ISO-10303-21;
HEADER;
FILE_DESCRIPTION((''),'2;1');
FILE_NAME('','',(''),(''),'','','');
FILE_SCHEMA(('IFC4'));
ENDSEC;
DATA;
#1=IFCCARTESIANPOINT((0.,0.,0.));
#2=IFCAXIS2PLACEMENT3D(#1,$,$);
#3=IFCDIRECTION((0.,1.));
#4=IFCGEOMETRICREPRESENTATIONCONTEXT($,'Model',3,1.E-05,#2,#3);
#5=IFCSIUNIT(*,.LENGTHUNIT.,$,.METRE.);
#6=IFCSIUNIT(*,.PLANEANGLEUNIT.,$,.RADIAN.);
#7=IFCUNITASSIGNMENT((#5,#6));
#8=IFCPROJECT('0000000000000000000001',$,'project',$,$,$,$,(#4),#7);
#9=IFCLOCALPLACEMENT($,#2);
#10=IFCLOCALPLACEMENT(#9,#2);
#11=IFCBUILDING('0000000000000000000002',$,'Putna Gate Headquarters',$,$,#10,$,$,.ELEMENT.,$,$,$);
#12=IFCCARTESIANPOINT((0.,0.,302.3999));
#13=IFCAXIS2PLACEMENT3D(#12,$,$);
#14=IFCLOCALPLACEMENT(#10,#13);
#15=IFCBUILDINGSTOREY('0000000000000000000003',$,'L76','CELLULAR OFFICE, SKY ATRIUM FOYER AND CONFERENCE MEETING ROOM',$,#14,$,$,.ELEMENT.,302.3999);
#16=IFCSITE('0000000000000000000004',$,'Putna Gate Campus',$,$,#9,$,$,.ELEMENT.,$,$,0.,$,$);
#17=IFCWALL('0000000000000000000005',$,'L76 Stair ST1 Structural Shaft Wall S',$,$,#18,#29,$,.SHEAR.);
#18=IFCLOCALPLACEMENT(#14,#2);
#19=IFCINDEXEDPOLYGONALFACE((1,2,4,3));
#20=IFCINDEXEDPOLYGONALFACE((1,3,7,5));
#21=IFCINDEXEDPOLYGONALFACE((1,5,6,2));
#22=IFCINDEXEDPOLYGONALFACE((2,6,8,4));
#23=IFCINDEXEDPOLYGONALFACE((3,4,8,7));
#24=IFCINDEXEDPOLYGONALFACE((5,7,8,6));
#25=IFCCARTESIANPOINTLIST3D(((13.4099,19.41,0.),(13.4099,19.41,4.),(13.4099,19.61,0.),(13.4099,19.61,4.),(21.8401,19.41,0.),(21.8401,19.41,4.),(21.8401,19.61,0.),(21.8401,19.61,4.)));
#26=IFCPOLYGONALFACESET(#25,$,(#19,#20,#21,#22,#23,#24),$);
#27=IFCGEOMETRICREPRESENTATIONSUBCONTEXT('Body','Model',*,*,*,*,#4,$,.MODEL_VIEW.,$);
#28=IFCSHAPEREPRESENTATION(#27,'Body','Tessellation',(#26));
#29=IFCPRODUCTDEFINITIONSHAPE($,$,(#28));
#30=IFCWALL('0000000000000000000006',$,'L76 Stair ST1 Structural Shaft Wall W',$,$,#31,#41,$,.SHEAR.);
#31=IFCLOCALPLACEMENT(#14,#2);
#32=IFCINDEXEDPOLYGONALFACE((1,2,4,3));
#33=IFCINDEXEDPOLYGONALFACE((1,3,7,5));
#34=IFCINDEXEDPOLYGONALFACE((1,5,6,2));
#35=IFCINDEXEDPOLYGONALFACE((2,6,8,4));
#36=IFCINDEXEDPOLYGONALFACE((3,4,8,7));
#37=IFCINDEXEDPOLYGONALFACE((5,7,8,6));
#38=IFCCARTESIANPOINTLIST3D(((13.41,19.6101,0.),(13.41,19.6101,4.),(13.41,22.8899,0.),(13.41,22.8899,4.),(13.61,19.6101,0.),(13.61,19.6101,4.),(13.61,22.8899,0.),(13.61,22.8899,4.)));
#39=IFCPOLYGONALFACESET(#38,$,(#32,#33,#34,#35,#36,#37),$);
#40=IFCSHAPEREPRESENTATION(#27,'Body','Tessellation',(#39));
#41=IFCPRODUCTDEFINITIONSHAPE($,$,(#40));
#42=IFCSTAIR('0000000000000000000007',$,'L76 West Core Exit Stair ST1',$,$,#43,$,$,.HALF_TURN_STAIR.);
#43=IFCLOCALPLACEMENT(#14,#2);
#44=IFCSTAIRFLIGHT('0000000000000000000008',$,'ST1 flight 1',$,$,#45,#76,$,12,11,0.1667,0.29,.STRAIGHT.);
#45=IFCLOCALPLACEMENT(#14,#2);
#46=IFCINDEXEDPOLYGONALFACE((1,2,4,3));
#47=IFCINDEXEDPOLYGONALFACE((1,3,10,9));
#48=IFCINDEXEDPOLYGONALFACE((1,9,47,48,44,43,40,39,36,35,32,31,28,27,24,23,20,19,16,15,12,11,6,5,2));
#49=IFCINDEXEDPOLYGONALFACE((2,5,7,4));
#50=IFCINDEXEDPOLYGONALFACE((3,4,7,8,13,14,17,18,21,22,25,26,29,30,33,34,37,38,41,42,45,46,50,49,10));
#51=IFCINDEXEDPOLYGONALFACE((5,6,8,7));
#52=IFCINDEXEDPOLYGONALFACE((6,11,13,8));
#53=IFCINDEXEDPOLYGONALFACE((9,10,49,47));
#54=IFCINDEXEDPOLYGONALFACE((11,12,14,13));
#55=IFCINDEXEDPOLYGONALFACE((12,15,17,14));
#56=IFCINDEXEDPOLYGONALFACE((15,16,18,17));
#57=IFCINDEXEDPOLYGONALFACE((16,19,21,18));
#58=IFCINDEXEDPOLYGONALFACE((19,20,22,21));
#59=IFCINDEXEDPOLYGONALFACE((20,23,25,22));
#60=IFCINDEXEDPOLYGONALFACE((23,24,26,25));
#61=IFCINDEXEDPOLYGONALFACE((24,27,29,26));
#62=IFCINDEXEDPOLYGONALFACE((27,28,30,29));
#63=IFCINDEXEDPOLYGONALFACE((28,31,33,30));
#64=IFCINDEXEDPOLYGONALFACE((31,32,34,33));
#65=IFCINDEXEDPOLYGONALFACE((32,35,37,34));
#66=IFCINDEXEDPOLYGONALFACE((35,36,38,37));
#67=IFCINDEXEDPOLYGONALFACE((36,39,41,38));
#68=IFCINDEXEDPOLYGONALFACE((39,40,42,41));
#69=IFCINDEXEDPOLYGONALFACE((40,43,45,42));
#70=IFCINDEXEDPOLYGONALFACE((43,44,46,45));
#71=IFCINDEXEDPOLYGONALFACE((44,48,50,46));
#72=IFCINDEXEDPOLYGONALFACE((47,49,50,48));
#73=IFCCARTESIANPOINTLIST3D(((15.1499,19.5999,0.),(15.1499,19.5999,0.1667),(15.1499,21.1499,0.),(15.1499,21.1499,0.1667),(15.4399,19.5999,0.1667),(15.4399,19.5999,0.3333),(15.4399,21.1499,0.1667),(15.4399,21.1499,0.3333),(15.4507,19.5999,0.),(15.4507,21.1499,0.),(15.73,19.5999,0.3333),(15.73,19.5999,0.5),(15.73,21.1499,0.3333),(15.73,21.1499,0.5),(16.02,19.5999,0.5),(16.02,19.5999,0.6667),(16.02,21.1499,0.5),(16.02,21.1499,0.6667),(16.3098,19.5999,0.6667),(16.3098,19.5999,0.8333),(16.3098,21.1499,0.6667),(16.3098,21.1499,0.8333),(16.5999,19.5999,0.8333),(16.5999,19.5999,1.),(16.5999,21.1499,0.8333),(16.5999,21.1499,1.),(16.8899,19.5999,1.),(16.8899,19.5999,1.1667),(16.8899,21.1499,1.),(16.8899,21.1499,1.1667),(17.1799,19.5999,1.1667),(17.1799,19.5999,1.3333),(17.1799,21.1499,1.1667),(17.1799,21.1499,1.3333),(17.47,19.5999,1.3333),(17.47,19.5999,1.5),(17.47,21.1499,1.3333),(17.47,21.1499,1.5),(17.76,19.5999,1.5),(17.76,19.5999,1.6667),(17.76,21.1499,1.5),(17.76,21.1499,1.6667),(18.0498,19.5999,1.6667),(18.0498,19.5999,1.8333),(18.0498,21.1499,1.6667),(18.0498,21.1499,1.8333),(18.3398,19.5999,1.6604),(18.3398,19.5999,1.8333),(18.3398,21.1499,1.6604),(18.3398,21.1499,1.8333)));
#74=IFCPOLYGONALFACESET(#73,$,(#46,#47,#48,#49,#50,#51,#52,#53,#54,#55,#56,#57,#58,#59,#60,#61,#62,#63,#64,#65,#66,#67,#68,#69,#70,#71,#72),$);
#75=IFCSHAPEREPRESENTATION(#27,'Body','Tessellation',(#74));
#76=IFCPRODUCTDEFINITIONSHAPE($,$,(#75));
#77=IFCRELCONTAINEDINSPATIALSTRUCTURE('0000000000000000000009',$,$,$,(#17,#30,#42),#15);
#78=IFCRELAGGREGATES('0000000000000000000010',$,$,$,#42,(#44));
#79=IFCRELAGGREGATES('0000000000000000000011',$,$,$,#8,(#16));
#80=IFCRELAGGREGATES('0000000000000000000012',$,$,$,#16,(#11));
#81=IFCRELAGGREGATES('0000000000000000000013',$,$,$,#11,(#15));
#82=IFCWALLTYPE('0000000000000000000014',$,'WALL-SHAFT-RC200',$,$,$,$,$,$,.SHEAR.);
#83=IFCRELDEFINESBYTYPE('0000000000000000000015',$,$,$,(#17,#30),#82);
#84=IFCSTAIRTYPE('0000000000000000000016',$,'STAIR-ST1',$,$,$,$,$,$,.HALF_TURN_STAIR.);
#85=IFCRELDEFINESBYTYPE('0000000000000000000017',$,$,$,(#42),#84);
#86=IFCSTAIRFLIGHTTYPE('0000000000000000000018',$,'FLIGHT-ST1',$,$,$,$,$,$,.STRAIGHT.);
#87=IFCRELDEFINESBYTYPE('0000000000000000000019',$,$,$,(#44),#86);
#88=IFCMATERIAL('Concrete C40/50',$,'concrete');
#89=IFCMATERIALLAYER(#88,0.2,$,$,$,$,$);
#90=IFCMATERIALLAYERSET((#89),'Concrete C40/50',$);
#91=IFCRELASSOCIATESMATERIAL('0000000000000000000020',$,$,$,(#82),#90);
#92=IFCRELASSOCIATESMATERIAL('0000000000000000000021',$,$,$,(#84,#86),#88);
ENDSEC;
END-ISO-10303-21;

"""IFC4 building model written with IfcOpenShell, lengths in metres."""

from ifc_helpers import new_model, si_unit, direction, frame, frame_2d, origin, place, context, subcontext, project, spatial, polyline, rectangle, outline, extrude, material, layer, layer_set, type_object, element, aggregate, save


model = new_model("IFC4")

# Units and contexts
model_context = context("Model", 3, precision=1e-05, world=origin(), true_north=direction((0.0, 1.0)))
body_context = subcontext(model_context, "Body", "Model", "MODEL_VIEW")
ifc_project = project(units=[si_unit("LENGTHUNIT", "METRE"), si_unit("PLANEANGLEUNIT", "RADIAN")], contexts=[model_context])

# Site, building, storey
site_placement = place(None, origin())
site = spatial("IfcSite", under=ifc_project, at=site_placement, Name="Putna Gate Campus", CompositionType="ELEMENT", RefElevation=0.0)
building_placement = place(site_placement, origin())
building = spatial("IfcBuilding", under=site, at=building_placement, Name="Putna Gate Headquarters", CompositionType="ELEMENT")
storey_placement = place(building_placement, frame((0.0, 0.0, 302.3999)))
storey = spatial("IfcBuildingStorey", under=building, at=storey_placement, Name="L76", Description="CELLULAR OFFICE, SKY ATRIUM FOYER AND CONFERENCE MEETING ROOM", CompositionType="ELEMENT", Elevation=302.3999)

# Walls
ifc_material_1 = material(Name="Concrete C40/50", Category="concrete")
ifc_layer_1 = layer(ifc_material_1, 0.2)
ifc_layer_set_1 = layer_set([ifc_layer_1], Name="Concrete C40/50")
wall_type_1 = type_object("IfcWallType", Name="WALL-SHAFT-RC200", PredefinedType="SHEAR", material=ifc_layer_set_1)
wall_1_placement = place(storey_placement, frame((13.4099, 19.51, 0.0), z_axis=(0.0, 0.0, 1.0), x_axis=(1.0, 0.0, 0.0)))
element("IfcWall", 1, at=wall_1_placement, inside=storey, type_object=wall_type_1, Name="L76 Stair ST1 Structural Shaft Wall S", PredefinedType="SHEAR", context=body_context, shape_type="SweptSolid", body=[
    extrude(rectangle(XDim=8.4302, YDim=0.2, at=frame_2d((4.2151, 0.0))), origin(), (0.0, 0.0, 1.0), 4.0),
])
wall_2_placement = place(storey_placement, frame((13.51, 19.6101, 0.0), z_axis=(0.0, 0.0, 1.0), x_axis=(0.0, 1.0, 0.0)))
element("IfcWall", 2, at=wall_2_placement, inside=storey, type_object=wall_type_1, Name="L76 Stair ST1 Structural Shaft Wall W", PredefinedType="SHEAR", context=body_context, shape_type="SweptSolid", body=[
    extrude(rectangle(XDim=3.2798, YDim=0.2, at=frame_2d((1.6399, 0.0))), origin(), (0.0, 0.0, 1.0), 4.0),
])

# Stair, stair flight
stair_type = type_object("IfcStairType", Name="STAIR-ST1", PredefinedType="HALF_TURN_STAIR", material=ifc_material_1)
stair_placement = place(storey_placement, origin())
stair = element("IfcStair", 3, at=stair_placement, inside=storey, type_object=stair_type, Name="L76 West Core Exit Stair ST1", PredefinedType="HALF_TURN_STAIR")
stair_flight_type = type_object("IfcStairFlightType", Name="FLIGHT-ST1", PredefinedType="STRAIGHT", material=ifc_material_1)
stair_flight_placement = place(storey_placement, frame((15.1499, 20.375, 0.0), z_axis=(0.0, 0.0, 1.0), x_axis=(1.0, 0.0, 0.0)))
stair_flight = element("IfcStairFlight", 4, at=stair_flight_placement, type_object=stair_flight_type, Name="ST1 flight 1", NumberOfRisers=12, NumberOfTreads=11, PredefinedType="STRAIGHT", RiserHeight=0.1667, TreadLength=0.29, context=body_context, shape_type="SweptSolid", body=[
    extrude(outline(polyline([(0.0, 0.0), (0.0, 0.1667), (0.29, 0.1667), (0.29, 0.3333), (0.5801, 0.3333), (0.5801, 0.5), (0.8701, 0.5), (0.8701, 0.6667), (1.1599, 0.6667), (1.1599, 0.8333), (1.45, 0.8333), (1.45, 1.0), (1.74, 1.0), (1.74, 1.1667), (2.03, 1.1667), (2.03, 1.3333), (2.3201, 1.3333), (2.3201, 1.5), (2.6101, 1.5), (2.6101, 1.6667), (2.8999, 1.6667), (2.8999, 1.8333), (3.1899, 1.8333), (3.1899, 2.0), (3.1899, 1.6604), (0.3008, 0.0), (0.0, 0.0)])), frame((0.0, 0.7749, 0.0), z_axis=(0.0, -1.0, 0.0), x_axis=(1.0, 0.0, 0.0)), (0.0, 0.0, 1.0), 1.55),
])
aggregate(stair, [stair_flight])

save(model, "model.ifc")
